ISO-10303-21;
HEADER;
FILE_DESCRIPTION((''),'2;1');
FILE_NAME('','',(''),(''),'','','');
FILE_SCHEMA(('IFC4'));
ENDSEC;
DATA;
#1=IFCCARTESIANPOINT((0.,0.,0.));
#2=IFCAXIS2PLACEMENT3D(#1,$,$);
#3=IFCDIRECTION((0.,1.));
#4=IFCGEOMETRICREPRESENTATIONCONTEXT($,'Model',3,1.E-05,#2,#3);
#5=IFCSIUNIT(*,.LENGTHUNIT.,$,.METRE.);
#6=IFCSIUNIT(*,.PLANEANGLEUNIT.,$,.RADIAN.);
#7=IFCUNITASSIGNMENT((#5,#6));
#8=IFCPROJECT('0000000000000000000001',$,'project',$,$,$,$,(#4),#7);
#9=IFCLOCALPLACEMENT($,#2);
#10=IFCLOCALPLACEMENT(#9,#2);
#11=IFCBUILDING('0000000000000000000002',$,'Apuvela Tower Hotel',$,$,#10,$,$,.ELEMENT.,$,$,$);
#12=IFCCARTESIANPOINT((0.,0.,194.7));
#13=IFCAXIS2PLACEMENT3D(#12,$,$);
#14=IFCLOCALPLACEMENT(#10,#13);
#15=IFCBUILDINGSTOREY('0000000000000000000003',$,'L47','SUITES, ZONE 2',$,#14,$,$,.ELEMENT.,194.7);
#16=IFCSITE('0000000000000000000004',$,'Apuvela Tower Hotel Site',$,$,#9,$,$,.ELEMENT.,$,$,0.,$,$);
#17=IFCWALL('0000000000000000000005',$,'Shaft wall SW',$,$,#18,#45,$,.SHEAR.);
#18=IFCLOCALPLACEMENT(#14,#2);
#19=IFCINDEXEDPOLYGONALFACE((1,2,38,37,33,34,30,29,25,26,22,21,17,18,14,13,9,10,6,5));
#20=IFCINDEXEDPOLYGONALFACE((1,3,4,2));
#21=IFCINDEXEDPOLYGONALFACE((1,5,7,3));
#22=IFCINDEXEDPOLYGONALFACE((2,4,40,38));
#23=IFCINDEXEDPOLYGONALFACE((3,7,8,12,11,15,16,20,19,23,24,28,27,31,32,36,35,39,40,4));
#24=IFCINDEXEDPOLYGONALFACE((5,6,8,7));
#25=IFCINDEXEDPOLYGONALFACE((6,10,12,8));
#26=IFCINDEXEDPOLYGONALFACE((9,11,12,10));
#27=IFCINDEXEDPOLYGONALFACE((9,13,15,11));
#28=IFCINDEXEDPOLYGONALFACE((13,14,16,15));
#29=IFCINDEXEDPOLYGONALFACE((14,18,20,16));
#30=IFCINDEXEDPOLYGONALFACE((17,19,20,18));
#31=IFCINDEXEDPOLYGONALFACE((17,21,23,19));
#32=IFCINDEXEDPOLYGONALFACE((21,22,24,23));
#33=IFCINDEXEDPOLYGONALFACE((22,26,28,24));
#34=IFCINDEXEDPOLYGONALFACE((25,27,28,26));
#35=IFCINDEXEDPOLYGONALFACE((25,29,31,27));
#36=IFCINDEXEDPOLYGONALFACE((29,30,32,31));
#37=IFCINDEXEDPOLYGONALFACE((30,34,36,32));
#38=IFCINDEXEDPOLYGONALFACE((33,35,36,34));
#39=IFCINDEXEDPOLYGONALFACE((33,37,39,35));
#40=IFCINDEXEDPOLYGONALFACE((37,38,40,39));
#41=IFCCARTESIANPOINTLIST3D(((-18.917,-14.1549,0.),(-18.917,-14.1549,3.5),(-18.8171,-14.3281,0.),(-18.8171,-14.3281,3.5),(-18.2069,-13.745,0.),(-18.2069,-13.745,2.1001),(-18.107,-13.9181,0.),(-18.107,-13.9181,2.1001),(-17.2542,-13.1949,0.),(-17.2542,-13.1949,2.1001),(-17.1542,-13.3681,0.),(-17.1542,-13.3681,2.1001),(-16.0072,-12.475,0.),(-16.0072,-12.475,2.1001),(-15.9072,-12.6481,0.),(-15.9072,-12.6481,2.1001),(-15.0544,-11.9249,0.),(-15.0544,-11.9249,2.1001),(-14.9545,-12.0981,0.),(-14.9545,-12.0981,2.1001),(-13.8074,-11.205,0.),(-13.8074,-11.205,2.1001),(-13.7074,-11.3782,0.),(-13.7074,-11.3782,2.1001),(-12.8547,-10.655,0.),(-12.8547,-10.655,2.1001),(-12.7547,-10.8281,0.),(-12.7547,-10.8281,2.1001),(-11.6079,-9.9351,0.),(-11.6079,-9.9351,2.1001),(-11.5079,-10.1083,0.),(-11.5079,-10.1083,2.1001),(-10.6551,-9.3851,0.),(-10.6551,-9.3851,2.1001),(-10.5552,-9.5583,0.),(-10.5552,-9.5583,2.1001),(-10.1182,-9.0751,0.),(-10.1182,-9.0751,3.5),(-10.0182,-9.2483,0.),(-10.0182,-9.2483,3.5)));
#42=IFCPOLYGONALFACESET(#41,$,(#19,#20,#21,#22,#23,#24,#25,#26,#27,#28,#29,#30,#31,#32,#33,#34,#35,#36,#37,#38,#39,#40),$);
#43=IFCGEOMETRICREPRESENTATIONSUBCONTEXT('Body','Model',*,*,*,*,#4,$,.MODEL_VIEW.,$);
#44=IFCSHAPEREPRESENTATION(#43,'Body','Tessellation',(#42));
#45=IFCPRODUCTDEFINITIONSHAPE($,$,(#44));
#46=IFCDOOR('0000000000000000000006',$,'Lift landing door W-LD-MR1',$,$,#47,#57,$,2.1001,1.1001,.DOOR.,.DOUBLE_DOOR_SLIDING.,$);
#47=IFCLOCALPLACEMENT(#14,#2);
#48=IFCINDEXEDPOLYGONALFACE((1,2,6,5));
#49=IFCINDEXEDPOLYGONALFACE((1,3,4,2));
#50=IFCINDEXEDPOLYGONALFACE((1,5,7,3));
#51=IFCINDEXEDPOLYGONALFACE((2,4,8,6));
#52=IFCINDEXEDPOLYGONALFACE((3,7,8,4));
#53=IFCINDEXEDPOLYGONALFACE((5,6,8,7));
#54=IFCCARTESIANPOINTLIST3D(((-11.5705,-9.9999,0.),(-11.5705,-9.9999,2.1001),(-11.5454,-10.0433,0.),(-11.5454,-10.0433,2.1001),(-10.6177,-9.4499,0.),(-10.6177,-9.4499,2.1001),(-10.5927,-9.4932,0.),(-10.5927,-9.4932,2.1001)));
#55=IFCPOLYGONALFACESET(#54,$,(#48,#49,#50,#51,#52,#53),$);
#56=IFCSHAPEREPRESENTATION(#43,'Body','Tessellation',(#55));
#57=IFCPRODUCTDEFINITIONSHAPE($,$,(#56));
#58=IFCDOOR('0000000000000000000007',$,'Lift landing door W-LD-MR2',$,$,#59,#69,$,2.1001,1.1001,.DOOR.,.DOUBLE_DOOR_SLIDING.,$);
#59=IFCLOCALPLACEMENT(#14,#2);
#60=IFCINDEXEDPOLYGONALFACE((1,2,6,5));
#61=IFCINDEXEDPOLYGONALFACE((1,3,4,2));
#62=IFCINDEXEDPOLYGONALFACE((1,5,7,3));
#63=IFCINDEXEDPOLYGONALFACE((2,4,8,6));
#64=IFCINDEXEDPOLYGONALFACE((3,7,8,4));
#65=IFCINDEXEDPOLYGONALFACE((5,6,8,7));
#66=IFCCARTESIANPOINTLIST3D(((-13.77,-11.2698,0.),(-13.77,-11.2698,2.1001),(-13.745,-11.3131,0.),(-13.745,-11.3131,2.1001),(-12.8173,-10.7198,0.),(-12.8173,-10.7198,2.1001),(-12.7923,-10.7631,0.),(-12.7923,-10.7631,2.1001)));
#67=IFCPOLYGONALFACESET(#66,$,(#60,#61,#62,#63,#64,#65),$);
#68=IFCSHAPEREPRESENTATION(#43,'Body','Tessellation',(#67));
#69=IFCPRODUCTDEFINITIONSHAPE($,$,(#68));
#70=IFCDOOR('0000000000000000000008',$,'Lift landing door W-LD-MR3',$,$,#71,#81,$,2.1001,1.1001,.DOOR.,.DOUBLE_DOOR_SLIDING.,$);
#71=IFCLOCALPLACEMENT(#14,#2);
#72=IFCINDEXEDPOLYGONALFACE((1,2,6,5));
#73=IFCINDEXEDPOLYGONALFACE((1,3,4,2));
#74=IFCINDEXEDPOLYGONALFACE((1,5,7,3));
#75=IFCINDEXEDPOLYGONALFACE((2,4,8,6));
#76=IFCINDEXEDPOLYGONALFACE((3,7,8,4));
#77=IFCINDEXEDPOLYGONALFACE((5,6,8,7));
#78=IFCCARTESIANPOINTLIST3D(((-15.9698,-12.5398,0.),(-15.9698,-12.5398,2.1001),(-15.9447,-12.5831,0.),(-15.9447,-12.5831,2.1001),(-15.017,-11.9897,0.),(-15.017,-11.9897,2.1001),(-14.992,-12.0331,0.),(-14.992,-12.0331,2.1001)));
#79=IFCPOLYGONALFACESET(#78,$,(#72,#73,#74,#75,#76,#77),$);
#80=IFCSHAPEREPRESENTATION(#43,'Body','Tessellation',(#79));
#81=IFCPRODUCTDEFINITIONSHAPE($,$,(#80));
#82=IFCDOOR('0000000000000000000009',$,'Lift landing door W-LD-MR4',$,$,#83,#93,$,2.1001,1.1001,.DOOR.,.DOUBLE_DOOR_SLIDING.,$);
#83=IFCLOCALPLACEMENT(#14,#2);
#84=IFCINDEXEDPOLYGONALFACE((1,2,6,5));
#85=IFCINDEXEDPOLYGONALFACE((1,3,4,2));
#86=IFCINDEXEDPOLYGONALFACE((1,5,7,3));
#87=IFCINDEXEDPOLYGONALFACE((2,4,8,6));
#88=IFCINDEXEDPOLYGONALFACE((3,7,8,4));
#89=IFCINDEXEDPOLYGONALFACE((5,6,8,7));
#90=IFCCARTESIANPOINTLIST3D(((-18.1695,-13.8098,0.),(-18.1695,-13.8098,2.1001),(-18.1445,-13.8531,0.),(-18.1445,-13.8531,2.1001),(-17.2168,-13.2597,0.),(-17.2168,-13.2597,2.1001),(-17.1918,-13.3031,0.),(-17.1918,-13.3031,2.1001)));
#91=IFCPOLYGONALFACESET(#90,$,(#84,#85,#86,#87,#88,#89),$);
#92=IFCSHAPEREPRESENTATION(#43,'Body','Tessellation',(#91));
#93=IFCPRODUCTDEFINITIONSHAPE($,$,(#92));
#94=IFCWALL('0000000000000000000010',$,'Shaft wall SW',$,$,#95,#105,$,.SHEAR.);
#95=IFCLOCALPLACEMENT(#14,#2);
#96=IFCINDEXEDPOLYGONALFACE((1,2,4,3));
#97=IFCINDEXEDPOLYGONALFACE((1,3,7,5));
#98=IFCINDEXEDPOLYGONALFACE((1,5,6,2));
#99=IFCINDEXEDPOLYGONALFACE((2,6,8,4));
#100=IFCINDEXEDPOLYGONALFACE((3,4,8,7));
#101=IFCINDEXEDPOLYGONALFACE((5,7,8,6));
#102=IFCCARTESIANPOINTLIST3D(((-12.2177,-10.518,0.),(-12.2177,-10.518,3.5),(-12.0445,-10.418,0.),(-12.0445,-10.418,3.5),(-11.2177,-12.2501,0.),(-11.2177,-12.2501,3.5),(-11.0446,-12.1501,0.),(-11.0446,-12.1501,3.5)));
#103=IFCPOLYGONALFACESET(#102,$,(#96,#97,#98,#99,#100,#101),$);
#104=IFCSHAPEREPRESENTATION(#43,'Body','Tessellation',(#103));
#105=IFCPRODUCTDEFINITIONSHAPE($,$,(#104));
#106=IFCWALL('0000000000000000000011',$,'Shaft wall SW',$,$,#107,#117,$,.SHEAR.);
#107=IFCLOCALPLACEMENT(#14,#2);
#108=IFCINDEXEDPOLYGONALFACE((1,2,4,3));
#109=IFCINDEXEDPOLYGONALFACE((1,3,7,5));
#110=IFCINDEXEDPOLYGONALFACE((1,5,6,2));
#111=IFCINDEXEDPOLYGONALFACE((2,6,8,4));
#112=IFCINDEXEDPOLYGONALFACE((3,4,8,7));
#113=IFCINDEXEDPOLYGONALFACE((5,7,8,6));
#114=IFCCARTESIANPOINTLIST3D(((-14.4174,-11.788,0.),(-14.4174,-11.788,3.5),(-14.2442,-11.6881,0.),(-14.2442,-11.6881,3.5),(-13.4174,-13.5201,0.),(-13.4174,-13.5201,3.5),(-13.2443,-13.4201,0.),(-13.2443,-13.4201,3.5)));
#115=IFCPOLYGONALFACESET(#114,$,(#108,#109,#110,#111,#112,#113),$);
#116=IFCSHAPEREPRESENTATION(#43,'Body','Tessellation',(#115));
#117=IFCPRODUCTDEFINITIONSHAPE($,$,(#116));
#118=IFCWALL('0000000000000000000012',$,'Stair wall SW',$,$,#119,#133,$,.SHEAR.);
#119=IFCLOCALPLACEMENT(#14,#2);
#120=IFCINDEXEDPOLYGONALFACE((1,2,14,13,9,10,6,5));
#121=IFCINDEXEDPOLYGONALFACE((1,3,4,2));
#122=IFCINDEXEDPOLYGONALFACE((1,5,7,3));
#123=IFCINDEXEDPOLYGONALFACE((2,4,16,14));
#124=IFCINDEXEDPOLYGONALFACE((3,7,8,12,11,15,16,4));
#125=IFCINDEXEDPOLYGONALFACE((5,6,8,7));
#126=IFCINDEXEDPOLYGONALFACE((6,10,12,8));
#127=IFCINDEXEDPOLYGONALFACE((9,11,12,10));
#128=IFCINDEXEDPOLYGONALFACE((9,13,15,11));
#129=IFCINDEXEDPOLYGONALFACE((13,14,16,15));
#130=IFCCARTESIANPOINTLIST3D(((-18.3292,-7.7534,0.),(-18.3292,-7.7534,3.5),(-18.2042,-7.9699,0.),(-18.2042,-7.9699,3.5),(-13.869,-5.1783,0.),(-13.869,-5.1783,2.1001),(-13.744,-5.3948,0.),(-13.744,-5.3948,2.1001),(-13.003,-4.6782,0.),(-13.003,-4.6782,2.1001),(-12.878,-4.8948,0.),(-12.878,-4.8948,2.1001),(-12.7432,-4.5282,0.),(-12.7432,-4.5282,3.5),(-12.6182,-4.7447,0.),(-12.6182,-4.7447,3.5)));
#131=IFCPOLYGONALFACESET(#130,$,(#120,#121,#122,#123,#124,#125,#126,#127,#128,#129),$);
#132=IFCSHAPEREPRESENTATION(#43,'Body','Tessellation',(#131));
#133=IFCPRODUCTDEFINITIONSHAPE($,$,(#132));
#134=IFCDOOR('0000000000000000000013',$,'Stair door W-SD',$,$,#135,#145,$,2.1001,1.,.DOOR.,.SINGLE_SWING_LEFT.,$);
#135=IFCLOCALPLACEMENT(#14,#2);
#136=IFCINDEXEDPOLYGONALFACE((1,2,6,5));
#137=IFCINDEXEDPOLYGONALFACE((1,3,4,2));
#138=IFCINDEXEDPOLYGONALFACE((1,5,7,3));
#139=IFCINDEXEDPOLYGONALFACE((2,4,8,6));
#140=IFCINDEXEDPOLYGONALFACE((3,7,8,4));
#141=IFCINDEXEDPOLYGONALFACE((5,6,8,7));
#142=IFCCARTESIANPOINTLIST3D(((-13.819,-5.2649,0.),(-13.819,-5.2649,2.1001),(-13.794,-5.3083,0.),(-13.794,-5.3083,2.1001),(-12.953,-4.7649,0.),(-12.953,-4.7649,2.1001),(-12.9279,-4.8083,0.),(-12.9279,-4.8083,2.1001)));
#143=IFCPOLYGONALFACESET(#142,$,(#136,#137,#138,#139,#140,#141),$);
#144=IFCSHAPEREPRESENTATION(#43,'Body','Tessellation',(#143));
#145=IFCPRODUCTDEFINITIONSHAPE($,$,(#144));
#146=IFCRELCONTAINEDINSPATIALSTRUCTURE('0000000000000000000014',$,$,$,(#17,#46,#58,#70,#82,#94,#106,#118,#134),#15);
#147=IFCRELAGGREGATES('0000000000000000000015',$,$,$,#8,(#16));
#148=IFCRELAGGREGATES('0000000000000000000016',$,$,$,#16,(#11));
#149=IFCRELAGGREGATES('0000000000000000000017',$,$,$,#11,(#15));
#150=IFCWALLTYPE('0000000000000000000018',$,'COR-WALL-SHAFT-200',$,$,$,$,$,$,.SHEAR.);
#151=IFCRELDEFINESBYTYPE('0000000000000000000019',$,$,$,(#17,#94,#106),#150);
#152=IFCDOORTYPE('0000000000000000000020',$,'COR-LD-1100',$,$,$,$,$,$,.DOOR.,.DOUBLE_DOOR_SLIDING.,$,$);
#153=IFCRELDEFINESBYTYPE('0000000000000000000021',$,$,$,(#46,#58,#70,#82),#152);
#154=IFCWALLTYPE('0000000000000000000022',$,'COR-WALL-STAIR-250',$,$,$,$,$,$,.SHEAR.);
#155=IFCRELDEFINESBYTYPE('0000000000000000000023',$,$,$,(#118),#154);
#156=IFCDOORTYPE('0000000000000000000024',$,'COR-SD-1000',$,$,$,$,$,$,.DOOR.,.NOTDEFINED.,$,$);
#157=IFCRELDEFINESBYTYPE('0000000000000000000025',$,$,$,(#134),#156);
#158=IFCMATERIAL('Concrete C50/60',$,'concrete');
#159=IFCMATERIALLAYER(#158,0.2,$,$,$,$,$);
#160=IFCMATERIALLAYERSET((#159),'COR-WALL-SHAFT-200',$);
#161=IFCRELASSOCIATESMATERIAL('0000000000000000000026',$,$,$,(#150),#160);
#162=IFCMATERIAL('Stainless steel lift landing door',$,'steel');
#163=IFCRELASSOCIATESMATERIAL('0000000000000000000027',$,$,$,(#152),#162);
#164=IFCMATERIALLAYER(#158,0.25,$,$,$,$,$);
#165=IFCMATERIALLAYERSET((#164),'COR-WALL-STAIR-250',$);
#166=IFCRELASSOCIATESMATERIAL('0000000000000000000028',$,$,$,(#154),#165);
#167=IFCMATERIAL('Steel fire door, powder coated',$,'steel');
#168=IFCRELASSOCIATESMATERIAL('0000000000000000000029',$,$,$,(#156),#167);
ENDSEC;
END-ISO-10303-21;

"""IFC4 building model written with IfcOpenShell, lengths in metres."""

from ifc_helpers import new_model, si_unit, direction, frame, frame_2d, origin, place, context, subcontext, project, spatial, rectangle, extrude, material, layer, layer_set, type_object, element, fill, save


model = new_model("IFC4")

# Units and contexts
model_context = context("Model", 3, precision=1e-05, world=origin(), true_north=direction((0.0, 1.0)))
body_context = subcontext(model_context, "Body", "Model", "MODEL_VIEW")
ifc_project = project(units=[si_unit("LENGTHUNIT", "METRE"), si_unit("PLANEANGLEUNIT", "RADIAN")], contexts=[model_context])

# Site, building, storey
site_placement = place(None, origin())
site = spatial("IfcSite", under=ifc_project, at=site_placement, Name="Apuvela Tower Hotel Site", CompositionType="ELEMENT", RefElevation=0.0)
building_placement = place(site_placement, origin())
building = spatial("IfcBuilding", under=site, at=building_placement, Name="Apuvela Tower Hotel", CompositionType="ELEMENT")
storey_placement = place(building_placement, frame((0.0, 0.0, 194.7)))
storey = spatial("IfcBuildingStorey", under=building, at=storey_placement, Name="L47", Description="SUITES, ZONE 2", CompositionType="ELEMENT", Elevation=194.7)

# Shared definitions
ifc_material_1 = material(Name="Concrete C50/60", Category="concrete")

# Shared definitions
ifc_layer_1 = layer(ifc_material_1, 0.2)
ifc_layer_set_1 = layer_set([ifc_layer_1], Name="COR-WALL-SHAFT-200")
wall_type_1 = type_object("IfcWallType", Name="COR-WALL-SHAFT-200", PredefinedType="SHEAR", material=ifc_layer_set_1)
ifc_material_2 = material(Name="Stainless steel lift landing door", Category="steel")

# Wall, openings, doors
wall_1_placement = place(storey_placement, frame((-10.0681, -9.1616, 0.0), z_axis=(0.0, 0.0, 1.0), x_axis=(-0.866033, -0.499987, 0.0)))
wall_1 = element("IfcWall", 1, at=wall_1_placement, inside=storey, type_object=wall_type_1, Name="Shaft wall SW", PredefinedType="SHEAR", context=body_context, shape_type="SweptSolid", body=[
    extrude(rectangle(XDim=10.1599, YDim=0.2, at=frame_2d((5.0801, 0.0))), origin(), (0.0, 0.0, 1.0), 3.5),
])
opening_1_placement = place(wall_1_placement, frame((0.6201, 0.0, 0.0)))
opening_1 = element("IfcOpeningElement", 2, at=opening_1_placement, cuts=wall_1, PredefinedType="OPENING", context=body_context, shape_type="SweptSolid", body=[
    extrude(rectangle(XDim=1.1001, YDim=2.1001, at=frame_2d((0.55, 1.05))), frame((0.0, 0.1099, 0.0), z_axis=(0.0, -1.0, 0.0), x_axis=(1.0, 0.0, 0.0)), (0.0, 0.0, 1.0), 0.22),
])
opening_2_placement = place(wall_1_placement, frame((3.1599, 0.0, 0.0)))
opening_2 = element("IfcOpeningElement", 3, at=opening_2_placement, cuts=wall_1, PredefinedType="OPENING", context=body_context, shape_type="SweptSolid", body=[
    extrude(rectangle(XDim=1.1001, YDim=2.1001, at=frame_2d((0.55, 1.05))), frame((0.0, 0.1099, 0.0), z_axis=(0.0, -1.0, 0.0), x_axis=(1.0, 0.0, 0.0)), (0.0, 0.0, 1.0), 0.22),
])
opening_3_placement = place(wall_1_placement, frame((5.7, 0.0, 0.0)))
opening_3 = element("IfcOpeningElement", 4, at=opening_3_placement, cuts=wall_1, PredefinedType="OPENING", context=body_context, shape_type="SweptSolid", body=[
    extrude(rectangle(XDim=1.1001, YDim=2.1001, at=frame_2d((0.55, 1.05))), frame((0.0, 0.1099, 0.0), z_axis=(0.0, -1.0, 0.0), x_axis=(1.0, 0.0, 0.0)), (0.0, 0.0, 1.0), 0.22),
])
opening_4_placement = place(wall_1_placement, frame((8.24, 0.0, 0.0)))
opening_4 = element("IfcOpeningElement", 5, at=opening_4_placement, cuts=wall_1, PredefinedType="OPENING", context=body_context, shape_type="SweptSolid", body=[
    extrude(rectangle(XDim=1.1001, YDim=2.1001, at=frame_2d((0.55, 1.05))), frame((0.0, 0.1099, 0.0), z_axis=(0.0, -1.0, 0.0), x_axis=(1.0, 0.0, 0.0)), (0.0, 0.0, 1.0), 0.22),
])
door_type_1 = type_object("IfcDoorType", Name="COR-LD-1100", OperationType="DOUBLE_DOOR_SLIDING", PredefinedType="DOOR", material=ifc_material_2)
door_1_placement = place(opening_1_placement, origin())
door_1 = element("IfcDoor", 6, at=door_1_placement, inside=storey, type_object=door_type_1, Name="Lift landing door W-LD-MR1", OperationType="DOUBLE_DOOR_SLIDING", OverallHeight=2.1001, OverallWidth=1.1001, PredefinedType="DOOR", context=body_context, shape_type="SweptSolid", body=[
    extrude(rectangle(XDim=1.1001, YDim=2.1001, at=frame_2d((0.55, 1.05))), frame((0.0, 0.0249, 0.0), z_axis=(0.0, -1.0, 0.0), x_axis=(1.0, 0.0, 0.0)), (0.0, 0.0, 1.0), 0.05),
])
fill(opening_1, door_1)
door_2_placement = place(opening_2_placement, origin())
door_2 = element("IfcDoor", 7, at=door_2_placement, inside=storey, type_object=door_type_1, Name="Lift landing door W-LD-MR2", OperationType="DOUBLE_DOOR_SLIDING", OverallHeight=2.1001, OverallWidth=1.1001, PredefinedType="DOOR", context=body_context, shape_type="SweptSolid", body=[
    extrude(rectangle(XDim=1.1001, YDim=2.1001, at=frame_2d((0.55, 1.05))), frame((0.0, 0.0249, 0.0), z_axis=(0.0, -1.0, 0.0), x_axis=(1.0, 0.0, 0.0)), (0.0, 0.0, 1.0), 0.05),
])
fill(opening_2, door_2)
door_3_placement = place(opening_3_placement, origin())
door_3 = element("IfcDoor", 8, at=door_3_placement, inside=storey, type_object=door_type_1, Name="Lift landing door W-LD-MR3", OperationType="DOUBLE_DOOR_SLIDING", OverallHeight=2.1001, OverallWidth=1.1001, PredefinedType="DOOR", context=body_context, shape_type="SweptSolid", body=[
    extrude(rectangle(XDim=1.1001, YDim=2.1001, at=frame_2d((0.55, 1.05))), frame((0.0, 0.0249, 0.0), z_axis=(0.0, -1.0, 0.0), x_axis=(1.0, 0.0, 0.0)), (0.0, 0.0, 1.0), 0.05),
])
fill(opening_3, door_3)
door_4_placement = place(opening_4_placement, origin())
door_4 = element("IfcDoor", 9, at=door_4_placement, inside=storey, type_object=door_type_1, Name="Lift landing door W-LD-MR4", OperationType="DOUBLE_DOOR_SLIDING", OverallHeight=2.1001, OverallWidth=1.1001, PredefinedType="DOOR", context=body_context, shape_type="SweptSolid", body=[
    extrude(rectangle(XDim=1.1001, YDim=2.1001, at=frame_2d((0.55, 1.05))), frame((0.0, 0.0249, 0.0), z_axis=(0.0, -1.0, 0.0), x_axis=(1.0, 0.0, 0.0)), (0.0, 0.0, 1.0), 0.05),
])
fill(opening_4, door_4)

# Walls
for number, where, z_axis, x_axis, name in (
    (10, (-12.1311, -10.468, 0.0), (0.0, 0.0, 1.0), (0.499973, -0.866041, 0.0), "Shaft wall SW"),
    (11, (-14.3308, -11.738, 0.0), (0.0, 0.0, 1.0), (0.499973, -0.866041, 0.0), "Shaft wall SW"),
):
    element("IfcWall", number, at=place(storey_placement, frame(where, z_axis=z_axis, x_axis=x_axis)), inside=storey, type_object=wall_type_1, Name=name, PredefinedType="SHEAR", context=body_context, shape_type="SweptSolid", body=[
        extrude(rectangle(XDim=2.0, YDim=0.2, at=frame_2d((1.0, 0.0))), origin(), (0.0, 0.0, 1.0), 3.5),
    ])

# Wall, opening, door
ifc_layer_2 = layer(ifc_material_1, 0.25)
ifc_layer_set_2 = layer_set([ifc_layer_2], Name="COR-WALL-STAIR-250")
wall_type_2 = type_object("IfcWallType", Name="COR-WALL-STAIR-250", PredefinedType="SHEAR", material=ifc_layer_set_2)
wall_2_placement = place(storey_placement, frame((-12.6807, -4.6365, 0.0), z_axis=(0.0, 0.0, 1.0), x_axis=(-0.866022, -0.500006, 0.0)))
wall_2 = element("IfcWall", 12, at=wall_2_placement, inside=storey, type_object=wall_type_2, Name="Stair wall SW", PredefinedType="SHEAR", context=body_context, shape_type="SweptSolid", body=[
    extrude(rectangle(XDim=6.4502, YDim=0.25, at=frame_2d((3.2251, 0.0))), origin(), (0.0, 0.0, 1.0), 3.5),
])
opening_5_placement = place(wall_2_placement, frame((0.3, 0.0, 0.0)))
opening_5 = element("IfcOpeningElement", 13, at=opening_5_placement, cuts=wall_2, PredefinedType="OPENING", context=body_context, shape_type="SweptSolid", body=[
    extrude(rectangle(XDim=1.0, YDim=2.1001, at=frame_2d((0.5, 1.05))), frame((0.0, 0.135, 0.0), z_axis=(0.0, -1.0, 0.0), x_axis=(1.0, 0.0, 0.0)), (0.0, 0.0, 1.0), 0.27),
])
ifc_material_3 = material(Name="Steel fire door, powder coated", Category="steel")
door_type_2 = type_object("IfcDoorType", Name="COR-SD-1000", OperationType="NOTDEFINED", PredefinedType="DOOR", material=ifc_material_3)
door_5_placement = place(opening_5_placement, frame((1.0, 0.0, 0.0), z_axis=(0.0, 0.0, 1.0), x_axis=(-1.0, 0.0, 0.0)))
door_5 = element("IfcDoor", 14, at=door_5_placement, inside=storey, type_object=door_type_2, Name="Stair door W-SD", OperationType="SINGLE_SWING_LEFT", OverallHeight=2.1001, OverallWidth=1.0, PredefinedType="DOOR", context=body_context, shape_type="SweptSolid", body=[
    extrude(rectangle(XDim=1.0, YDim=2.1001, at=frame_2d((0.5, 1.05))), frame((0.0, 0.0249, 0.0), z_axis=(0.0, -1.0, 0.0), x_axis=(1.0, 0.0, 0.0)), (0.0, 0.0, 1.0), 0.05),
])
fill(opening_5, door_5)

save(model, "model.ifc")
